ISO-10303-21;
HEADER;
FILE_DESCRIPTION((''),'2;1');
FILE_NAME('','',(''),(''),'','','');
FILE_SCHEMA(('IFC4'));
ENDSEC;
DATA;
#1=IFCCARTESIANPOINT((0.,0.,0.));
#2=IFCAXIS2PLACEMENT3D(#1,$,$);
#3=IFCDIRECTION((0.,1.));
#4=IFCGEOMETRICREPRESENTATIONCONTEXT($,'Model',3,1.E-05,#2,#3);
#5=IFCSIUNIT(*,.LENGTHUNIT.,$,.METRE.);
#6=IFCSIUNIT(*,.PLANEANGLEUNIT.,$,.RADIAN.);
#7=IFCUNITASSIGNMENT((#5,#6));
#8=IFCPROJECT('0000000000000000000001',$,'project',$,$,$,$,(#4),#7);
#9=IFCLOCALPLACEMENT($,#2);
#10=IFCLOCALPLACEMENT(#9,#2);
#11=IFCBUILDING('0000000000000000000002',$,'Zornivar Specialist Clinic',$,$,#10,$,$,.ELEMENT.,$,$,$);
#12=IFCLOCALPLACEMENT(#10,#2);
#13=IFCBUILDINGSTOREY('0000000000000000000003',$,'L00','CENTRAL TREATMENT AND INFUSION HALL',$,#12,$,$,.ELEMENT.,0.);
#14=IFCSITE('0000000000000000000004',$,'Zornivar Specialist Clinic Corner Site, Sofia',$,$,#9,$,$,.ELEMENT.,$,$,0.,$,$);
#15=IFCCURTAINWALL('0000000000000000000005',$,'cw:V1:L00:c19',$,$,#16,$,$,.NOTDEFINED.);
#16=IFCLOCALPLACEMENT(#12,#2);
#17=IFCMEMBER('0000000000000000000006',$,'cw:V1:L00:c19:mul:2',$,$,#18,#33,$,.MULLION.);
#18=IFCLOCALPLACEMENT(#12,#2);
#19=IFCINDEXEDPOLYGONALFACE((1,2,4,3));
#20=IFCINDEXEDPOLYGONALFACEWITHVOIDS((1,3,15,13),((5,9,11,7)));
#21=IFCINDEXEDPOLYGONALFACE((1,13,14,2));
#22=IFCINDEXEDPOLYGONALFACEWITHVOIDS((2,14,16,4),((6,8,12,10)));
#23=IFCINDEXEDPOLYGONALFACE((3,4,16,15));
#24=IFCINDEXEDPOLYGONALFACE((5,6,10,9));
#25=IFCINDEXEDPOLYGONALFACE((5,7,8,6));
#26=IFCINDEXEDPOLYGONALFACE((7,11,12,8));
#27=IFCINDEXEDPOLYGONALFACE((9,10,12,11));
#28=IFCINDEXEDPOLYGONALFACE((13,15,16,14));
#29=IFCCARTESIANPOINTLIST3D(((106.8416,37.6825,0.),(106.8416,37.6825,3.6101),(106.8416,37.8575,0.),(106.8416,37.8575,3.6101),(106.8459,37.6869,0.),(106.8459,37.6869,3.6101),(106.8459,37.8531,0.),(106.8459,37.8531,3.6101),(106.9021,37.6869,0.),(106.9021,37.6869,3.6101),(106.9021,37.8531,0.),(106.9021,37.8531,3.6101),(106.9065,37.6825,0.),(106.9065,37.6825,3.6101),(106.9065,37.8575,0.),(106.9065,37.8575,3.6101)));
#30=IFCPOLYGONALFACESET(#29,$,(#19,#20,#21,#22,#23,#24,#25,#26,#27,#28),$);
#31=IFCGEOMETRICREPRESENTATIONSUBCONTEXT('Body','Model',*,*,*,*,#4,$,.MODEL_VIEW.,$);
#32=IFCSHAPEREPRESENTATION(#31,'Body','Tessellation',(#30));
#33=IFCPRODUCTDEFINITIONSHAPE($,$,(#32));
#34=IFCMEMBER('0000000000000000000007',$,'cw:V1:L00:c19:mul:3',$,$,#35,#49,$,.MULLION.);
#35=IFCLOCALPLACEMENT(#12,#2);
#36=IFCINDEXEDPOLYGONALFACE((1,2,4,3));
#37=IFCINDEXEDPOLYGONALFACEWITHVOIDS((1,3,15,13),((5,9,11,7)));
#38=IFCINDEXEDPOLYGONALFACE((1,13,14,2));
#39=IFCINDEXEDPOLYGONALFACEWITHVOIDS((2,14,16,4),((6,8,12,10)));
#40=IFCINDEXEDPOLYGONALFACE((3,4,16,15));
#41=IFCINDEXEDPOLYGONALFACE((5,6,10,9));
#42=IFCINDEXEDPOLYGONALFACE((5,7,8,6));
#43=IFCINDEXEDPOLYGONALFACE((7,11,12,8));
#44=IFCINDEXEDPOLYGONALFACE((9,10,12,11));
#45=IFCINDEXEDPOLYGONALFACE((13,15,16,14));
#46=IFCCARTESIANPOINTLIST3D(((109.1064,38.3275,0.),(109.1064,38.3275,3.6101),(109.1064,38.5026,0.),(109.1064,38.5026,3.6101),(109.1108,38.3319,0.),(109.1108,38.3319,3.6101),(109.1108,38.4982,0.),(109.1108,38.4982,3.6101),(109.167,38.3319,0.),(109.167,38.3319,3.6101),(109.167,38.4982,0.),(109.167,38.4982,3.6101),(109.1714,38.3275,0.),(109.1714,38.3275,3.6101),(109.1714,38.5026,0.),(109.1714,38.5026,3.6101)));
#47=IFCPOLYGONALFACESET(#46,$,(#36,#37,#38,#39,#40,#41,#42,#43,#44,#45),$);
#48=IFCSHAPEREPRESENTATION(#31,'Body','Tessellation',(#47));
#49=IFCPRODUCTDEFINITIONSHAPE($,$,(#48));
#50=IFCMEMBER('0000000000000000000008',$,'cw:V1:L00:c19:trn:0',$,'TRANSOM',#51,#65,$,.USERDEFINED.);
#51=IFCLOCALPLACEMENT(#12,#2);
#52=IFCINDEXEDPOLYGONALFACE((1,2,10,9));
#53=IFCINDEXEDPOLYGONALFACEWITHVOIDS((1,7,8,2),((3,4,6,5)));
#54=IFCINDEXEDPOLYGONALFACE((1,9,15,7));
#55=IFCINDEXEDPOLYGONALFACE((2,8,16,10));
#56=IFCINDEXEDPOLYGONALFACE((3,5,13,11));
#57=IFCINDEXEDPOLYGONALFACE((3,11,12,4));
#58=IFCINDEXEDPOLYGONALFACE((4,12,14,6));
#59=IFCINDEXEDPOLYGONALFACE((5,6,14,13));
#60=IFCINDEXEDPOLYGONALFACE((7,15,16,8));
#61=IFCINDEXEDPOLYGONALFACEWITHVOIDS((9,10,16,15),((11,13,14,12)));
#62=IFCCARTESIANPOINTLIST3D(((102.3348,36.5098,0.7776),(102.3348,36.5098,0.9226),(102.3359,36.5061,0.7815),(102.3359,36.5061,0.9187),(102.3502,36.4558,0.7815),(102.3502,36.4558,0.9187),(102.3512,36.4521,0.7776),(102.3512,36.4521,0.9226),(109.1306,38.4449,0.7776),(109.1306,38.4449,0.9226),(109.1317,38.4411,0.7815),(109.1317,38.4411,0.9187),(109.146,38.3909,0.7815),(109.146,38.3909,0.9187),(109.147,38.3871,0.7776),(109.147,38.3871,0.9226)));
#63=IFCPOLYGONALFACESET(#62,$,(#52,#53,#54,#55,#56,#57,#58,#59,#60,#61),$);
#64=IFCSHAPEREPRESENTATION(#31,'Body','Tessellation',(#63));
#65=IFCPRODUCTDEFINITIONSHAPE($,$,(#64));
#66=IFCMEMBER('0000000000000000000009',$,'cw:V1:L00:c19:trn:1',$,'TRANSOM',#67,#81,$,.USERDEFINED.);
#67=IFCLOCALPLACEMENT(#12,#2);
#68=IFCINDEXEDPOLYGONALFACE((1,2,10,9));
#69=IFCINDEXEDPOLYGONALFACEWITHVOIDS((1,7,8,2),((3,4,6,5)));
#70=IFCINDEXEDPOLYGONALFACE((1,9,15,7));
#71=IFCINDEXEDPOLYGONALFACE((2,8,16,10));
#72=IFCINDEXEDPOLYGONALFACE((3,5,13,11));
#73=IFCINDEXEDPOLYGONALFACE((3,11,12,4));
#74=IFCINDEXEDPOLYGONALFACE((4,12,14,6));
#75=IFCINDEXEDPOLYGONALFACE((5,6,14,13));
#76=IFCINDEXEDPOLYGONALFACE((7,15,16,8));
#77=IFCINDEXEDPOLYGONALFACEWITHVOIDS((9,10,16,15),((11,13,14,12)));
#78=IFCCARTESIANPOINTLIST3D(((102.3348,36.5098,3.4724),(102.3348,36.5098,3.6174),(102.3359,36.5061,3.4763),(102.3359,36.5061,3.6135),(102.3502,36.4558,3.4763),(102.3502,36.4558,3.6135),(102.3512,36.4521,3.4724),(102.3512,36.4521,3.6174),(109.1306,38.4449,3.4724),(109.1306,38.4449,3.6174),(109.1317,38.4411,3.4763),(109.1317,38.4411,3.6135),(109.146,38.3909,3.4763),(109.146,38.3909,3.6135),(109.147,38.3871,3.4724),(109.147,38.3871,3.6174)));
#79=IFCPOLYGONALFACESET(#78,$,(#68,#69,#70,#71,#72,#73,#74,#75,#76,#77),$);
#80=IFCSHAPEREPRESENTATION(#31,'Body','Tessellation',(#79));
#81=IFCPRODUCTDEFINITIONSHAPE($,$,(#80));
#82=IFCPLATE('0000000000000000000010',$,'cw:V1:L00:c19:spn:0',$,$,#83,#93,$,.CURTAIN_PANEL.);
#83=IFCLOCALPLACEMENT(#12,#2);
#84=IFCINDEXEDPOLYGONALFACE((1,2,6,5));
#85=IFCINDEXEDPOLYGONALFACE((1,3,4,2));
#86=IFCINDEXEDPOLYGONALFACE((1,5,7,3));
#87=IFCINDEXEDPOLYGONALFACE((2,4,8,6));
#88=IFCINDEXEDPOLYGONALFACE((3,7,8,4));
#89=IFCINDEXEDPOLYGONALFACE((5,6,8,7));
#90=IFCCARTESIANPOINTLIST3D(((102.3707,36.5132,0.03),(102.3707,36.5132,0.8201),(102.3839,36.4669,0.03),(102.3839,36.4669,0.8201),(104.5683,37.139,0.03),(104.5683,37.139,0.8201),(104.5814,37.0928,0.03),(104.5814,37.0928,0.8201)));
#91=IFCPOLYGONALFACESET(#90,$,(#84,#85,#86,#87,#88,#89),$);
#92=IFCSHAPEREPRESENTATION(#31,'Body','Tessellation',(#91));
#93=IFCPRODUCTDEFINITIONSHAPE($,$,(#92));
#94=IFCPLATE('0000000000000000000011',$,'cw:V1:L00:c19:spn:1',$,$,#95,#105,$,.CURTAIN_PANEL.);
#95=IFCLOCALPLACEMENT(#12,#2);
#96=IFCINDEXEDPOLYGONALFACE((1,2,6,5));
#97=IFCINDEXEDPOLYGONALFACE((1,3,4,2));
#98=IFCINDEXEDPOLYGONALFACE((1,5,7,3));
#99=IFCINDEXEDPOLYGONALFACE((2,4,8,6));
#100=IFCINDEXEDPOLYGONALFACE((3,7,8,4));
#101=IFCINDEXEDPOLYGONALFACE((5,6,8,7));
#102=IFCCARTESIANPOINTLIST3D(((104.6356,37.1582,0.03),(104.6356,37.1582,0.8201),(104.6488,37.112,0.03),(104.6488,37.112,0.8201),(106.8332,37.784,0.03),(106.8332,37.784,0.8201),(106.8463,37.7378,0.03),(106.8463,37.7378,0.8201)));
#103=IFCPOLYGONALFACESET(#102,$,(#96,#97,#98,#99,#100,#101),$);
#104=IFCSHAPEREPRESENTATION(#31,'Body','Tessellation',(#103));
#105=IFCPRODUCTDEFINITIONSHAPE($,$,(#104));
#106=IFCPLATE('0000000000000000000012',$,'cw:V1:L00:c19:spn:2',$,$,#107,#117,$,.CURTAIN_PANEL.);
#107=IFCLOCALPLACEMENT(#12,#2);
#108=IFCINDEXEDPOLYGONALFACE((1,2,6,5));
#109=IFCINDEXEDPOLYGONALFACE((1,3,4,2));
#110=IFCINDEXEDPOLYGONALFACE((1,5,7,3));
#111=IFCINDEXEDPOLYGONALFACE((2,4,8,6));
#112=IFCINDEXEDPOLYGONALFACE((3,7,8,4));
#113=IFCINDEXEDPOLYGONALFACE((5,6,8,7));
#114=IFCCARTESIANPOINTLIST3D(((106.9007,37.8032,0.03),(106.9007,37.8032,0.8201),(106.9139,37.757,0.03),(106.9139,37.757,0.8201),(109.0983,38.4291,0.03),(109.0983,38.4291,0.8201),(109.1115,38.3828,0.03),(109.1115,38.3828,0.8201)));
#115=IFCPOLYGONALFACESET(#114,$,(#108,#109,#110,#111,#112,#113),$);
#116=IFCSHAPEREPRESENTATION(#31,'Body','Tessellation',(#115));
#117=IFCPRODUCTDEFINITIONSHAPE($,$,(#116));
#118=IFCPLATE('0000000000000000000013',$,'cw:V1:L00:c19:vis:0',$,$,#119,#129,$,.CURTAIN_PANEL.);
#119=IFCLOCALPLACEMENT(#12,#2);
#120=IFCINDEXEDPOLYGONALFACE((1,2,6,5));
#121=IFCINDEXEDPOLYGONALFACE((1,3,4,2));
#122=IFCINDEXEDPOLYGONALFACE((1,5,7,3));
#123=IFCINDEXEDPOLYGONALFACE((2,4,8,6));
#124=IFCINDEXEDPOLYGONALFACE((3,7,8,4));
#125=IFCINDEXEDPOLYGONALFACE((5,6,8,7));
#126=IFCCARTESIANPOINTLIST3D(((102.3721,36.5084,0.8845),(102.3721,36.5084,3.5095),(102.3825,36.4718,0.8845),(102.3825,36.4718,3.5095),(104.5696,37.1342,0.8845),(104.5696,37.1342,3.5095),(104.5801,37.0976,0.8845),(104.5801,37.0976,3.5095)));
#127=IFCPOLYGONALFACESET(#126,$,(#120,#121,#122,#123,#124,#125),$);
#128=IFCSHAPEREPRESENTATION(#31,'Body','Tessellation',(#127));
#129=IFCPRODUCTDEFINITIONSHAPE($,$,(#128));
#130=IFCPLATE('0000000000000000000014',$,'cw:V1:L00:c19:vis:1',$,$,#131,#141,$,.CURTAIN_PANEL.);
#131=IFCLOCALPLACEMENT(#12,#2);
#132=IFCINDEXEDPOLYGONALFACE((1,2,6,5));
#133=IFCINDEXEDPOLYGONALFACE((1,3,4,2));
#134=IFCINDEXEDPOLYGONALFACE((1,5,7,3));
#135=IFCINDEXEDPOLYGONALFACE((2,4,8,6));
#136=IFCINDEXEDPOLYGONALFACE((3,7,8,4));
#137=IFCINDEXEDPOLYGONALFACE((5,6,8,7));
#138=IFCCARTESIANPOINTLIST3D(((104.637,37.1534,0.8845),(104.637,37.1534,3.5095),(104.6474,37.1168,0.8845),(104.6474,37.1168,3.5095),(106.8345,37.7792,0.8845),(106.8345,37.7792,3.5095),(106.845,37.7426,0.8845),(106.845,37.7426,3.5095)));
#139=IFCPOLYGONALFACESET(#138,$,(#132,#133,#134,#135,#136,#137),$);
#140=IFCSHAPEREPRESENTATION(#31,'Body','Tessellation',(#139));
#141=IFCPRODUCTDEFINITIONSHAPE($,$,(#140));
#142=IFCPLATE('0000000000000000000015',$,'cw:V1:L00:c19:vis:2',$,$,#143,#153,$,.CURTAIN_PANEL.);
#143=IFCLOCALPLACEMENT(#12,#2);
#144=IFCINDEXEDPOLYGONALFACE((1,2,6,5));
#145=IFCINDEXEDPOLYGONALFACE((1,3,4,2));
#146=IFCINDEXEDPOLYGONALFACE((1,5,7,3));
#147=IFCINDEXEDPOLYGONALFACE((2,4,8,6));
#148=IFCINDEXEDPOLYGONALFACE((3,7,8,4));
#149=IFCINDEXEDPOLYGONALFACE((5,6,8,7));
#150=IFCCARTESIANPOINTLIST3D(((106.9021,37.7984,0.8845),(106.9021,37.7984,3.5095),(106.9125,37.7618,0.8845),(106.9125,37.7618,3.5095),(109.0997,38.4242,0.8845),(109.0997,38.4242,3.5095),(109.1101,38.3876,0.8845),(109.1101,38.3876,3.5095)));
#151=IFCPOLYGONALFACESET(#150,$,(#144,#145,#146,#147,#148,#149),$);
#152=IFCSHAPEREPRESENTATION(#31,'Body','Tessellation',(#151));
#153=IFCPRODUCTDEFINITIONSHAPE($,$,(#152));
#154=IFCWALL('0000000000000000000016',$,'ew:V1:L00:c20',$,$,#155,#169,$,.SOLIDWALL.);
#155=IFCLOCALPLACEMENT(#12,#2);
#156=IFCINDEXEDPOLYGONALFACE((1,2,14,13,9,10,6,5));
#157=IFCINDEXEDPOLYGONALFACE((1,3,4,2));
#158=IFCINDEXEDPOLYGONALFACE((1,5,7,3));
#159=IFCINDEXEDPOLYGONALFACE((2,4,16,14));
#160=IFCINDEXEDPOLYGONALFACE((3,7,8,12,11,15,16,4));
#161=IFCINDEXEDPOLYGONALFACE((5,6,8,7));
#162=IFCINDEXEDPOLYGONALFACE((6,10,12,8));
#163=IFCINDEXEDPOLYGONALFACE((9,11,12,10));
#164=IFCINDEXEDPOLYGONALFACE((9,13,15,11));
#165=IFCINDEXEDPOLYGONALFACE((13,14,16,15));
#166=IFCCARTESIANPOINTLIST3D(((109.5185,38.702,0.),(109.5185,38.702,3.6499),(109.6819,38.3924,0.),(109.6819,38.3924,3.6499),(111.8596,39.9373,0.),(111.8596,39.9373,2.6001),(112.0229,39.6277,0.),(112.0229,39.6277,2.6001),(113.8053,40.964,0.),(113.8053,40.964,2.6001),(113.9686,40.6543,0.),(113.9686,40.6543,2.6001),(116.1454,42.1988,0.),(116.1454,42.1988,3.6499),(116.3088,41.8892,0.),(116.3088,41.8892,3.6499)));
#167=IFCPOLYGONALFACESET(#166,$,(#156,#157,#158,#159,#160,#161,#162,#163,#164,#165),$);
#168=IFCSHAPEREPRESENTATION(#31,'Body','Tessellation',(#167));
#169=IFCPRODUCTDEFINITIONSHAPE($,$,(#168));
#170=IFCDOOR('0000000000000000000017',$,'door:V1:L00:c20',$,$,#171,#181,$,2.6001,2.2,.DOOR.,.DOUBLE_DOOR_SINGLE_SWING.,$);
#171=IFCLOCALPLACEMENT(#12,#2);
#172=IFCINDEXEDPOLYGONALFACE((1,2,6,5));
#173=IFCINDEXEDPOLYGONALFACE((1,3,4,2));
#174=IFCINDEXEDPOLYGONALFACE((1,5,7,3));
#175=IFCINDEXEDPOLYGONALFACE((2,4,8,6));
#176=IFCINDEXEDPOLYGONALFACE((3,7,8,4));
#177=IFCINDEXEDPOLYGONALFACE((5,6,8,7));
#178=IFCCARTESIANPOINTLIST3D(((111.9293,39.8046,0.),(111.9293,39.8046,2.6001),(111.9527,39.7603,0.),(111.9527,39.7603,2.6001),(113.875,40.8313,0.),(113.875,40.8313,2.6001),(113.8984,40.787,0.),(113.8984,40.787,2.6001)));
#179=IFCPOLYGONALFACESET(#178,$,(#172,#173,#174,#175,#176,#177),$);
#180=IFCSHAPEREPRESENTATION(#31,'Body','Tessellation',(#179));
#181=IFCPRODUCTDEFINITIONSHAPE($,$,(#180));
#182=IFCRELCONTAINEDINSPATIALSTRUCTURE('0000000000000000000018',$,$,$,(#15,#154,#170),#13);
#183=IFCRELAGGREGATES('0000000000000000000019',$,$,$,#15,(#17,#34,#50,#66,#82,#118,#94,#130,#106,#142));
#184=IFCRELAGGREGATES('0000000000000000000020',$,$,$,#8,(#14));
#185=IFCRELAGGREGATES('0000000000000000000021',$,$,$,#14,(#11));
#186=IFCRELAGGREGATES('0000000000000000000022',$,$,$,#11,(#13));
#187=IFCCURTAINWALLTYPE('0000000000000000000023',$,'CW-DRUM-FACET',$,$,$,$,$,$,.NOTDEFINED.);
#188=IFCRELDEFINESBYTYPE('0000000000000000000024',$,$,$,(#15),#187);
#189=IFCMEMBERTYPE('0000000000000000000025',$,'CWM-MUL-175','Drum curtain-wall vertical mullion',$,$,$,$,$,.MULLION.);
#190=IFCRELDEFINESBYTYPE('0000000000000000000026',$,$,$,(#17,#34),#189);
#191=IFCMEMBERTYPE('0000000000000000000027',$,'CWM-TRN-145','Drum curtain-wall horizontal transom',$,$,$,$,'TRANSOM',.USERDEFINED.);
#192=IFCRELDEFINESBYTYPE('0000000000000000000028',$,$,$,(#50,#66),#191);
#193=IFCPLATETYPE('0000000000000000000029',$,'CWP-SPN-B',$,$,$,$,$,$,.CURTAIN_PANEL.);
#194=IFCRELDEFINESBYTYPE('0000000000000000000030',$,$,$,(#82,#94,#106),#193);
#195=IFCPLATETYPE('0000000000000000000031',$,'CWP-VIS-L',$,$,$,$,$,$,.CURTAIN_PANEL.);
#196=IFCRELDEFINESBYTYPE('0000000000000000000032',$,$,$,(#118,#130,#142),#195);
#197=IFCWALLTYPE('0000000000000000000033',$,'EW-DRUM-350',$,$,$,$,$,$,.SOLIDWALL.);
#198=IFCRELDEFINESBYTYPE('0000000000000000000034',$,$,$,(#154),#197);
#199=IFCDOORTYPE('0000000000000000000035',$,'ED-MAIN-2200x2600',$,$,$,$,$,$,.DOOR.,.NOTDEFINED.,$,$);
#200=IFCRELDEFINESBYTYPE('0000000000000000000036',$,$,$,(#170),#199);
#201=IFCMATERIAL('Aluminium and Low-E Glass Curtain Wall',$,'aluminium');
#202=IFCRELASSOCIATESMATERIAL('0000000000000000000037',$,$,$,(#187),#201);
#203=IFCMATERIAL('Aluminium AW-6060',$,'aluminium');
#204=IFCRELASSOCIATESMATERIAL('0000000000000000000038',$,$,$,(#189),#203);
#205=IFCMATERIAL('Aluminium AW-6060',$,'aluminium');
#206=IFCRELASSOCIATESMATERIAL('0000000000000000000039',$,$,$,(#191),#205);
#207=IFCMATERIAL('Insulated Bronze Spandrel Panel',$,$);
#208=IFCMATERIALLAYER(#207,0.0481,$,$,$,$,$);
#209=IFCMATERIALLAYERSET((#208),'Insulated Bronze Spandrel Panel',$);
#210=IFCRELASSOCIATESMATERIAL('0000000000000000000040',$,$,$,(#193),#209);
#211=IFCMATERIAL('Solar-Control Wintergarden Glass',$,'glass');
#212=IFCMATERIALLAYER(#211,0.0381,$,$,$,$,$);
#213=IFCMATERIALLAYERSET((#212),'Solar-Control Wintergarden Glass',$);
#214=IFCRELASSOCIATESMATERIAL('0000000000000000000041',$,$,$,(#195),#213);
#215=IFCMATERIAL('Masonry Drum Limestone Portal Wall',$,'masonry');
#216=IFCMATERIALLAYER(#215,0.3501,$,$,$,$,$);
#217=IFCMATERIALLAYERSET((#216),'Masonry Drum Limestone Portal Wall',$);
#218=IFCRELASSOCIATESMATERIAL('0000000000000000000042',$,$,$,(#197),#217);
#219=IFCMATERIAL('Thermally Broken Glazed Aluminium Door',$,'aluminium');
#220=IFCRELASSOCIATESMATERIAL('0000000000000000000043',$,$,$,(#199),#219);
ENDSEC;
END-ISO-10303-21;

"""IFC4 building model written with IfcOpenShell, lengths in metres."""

from ifc_helpers import new_model, si_unit, direction, frame, frame_2d, origin, origin_2d, place, context, subcontext, project, spatial, rectangle, hollow_rectangle, extrude, material, layer, layer_set, material_profile, profile_set, type_object, element, fill, aggregate, save


model = new_model("IFC4")

# Units and contexts
model_context = context("Model", 3, precision=1e-05, world=origin(), true_north=direction((0.0, 1.0)))
body_context = subcontext(model_context, "Body", "Model", "MODEL_VIEW")
ifc_project = project(units=[si_unit("LENGTHUNIT", "METRE"), si_unit("PLANEANGLEUNIT", "RADIAN")], contexts=[model_context])

# Site, building, storey
site_placement = place(None, origin())
site = spatial("IfcSite", under=ifc_project, at=site_placement, Name="Zornivar Specialist Clinic Corner Site, Sofia", CompositionType="ELEMENT", RefElevation=0.0)
building_placement = place(site_placement, origin())
building = spatial("IfcBuilding", under=site, at=building_placement, Name="Zornivar Specialist Clinic", CompositionType="ELEMENT")
storey_placement = place(building_placement, origin())
storey = spatial("IfcBuildingStorey", under=building, at=storey_placement, Name="L00", Description="CENTRAL TREATMENT AND INFUSION HALL", CompositionType="ELEMENT", Elevation=0.0)

# Curtain wall, members, plates
ifc_material_1 = material(Name="Aluminium and Low-E Glass Curtain Wall", Category="aluminium")
curtain_wall_type = type_object("IfcCurtainWallType", Name="CW-DRUM-FACET", PredefinedType="NOTDEFINED", material=ifc_material_1)
curtain_wall_placement = place(storey_placement, origin())
curtain_wall = element("IfcCurtainWall", 1, at=curtain_wall_placement, inside=storey, type_object=curtain_wall_type, Name="cw:V1:L00:c19", PredefinedType="NOTDEFINED")
ifc_material_2 = material(Name="Aluminium AW-6060", Category="aluminium")
ifc_material_profile_1 = material_profile(ifc_material_2, hollow_rectangle(XDim=0.0649, YDim=0.175, WallThickness=0.0044, at=origin_2d()), Name="ALU 65x175x4.5")
ifc_profile_set_1 = profile_set([ifc_material_profile_1], Name="Aluminium AW-6060")
member_type_1 = type_object("IfcMemberType", Name="CWM-MUL-175", Description="Drum curtain-wall vertical mullion", PredefinedType="MULLION", material=ifc_profile_set_1)
member_1_placement = place(storey_placement, frame((106.874, 37.77, 0.0), z_axis=(0.0, 0.0, 1.0), x_axis=(1.0, 0.0, 0.0)))
member_1 = element("IfcMember", 2, at=member_1_placement, type_object=member_type_1, Name="cw:V1:L00:c19:mul:2", PredefinedType="MULLION", context=body_context, shape_type="SweptSolid", body=[
    extrude(hollow_rectangle(XDim=0.0649, YDim=0.175, WallThickness=0.0044, at=origin_2d()), origin(), (0.0, 0.0, 1.0), 3.6101),
])
member_2_placement = place(storey_placement, frame((109.1389, 38.415, 0.0), z_axis=(0.0, 0.0, 1.0), x_axis=(1.0, 0.0, 0.0)))
member_2 = element("IfcMember", 3, at=member_2_placement, type_object=member_type_1, Name="cw:V1:L00:c19:mul:3", PredefinedType="MULLION", context=body_context, shape_type="SweptSolid", body=[
    extrude(hollow_rectangle(XDim=0.0649, YDim=0.175, WallThickness=0.0044, at=origin_2d()), origin(), (0.0, 0.0, 1.0), 3.6101),
])
ifc_material_3 = material(Name="Aluminium AW-6060", Category="aluminium")
ifc_material_profile_2 = material_profile(ifc_material_3, hollow_rectangle(XDim=0.0601, YDim=0.145, WallThickness=0.0039, at=origin_2d()), Name="ALU 60x145x4")
ifc_profile_set_2 = profile_set([ifc_material_profile_2], Name="Aluminium AW-6060")
member_type_2 = type_object("IfcMemberType", Name="CWM-TRN-145", Description="Drum curtain-wall horizontal transom", ElementType="TRANSOM", PredefinedType="USERDEFINED", material=ifc_profile_set_2)
member_3_placement = place(storey_placement, frame((102.343, 36.481, 0.8501), z_axis=(0.961771, 0.273854, 0.0), x_axis=(-0.273854, 0.961771, 0.0)))
member_3 = element("IfcMember", 4, at=member_3_placement, type_object=member_type_2, Name="cw:V1:L00:c19:trn:0", ObjectType="TRANSOM", PredefinedType="USERDEFINED", context=body_context, shape_type="SweptSolid", body=[
    extrude(hollow_rectangle(XDim=0.0601, YDim=0.145, WallThickness=0.0039, at=origin_2d()), origin(), (0.0, 0.0, 1.0), 7.0659),
])
member_4_placement = place(storey_placement, frame((102.343, 36.481, 3.5449), z_axis=(0.961771, 0.273854, 0.0), x_axis=(-0.273854, 0.961771, 0.0)))
member_4 = element("IfcMember", 5, at=member_4_placement, type_object=member_type_2, Name="cw:V1:L00:c19:trn:1", ObjectType="TRANSOM", PredefinedType="USERDEFINED", context=body_context, shape_type="SweptSolid", body=[
    extrude(hollow_rectangle(XDim=0.0601, YDim=0.145, WallThickness=0.0039, at=origin_2d()), origin(), (0.0, 0.0, 1.0), 7.0659),
])
ifc_material_4 = material(Name="Insulated Bronze Spandrel Panel")
ifc_layer_1 = layer(ifc_material_4, 0.0481)
ifc_layer_set_1 = layer_set([ifc_layer_1], Name="Insulated Bronze Spandrel Panel")
plate_type_1 = type_object("IfcPlateType", Name="CWP-SPN-B", PredefinedType="CURTAIN_PANEL", material=ifc_layer_set_1)
plate_1_placement = place(storey_placement, frame((103.4761, 36.803, 0.03), z_axis=(0.0, 0.0, 1.0), x_axis=(0.961761, 0.273889, 0.0)))
plate_1 = element("IfcPlate", 6, at=plate_1_placement, type_object=plate_type_1, Name="cw:V1:L00:c19:spn:0", PredefinedType="CURTAIN_PANEL", context=body_context, shape_type="SweptSolid", body=[
    extrude(rectangle(XDim=2.2849, YDim=0.0481, at=origin_2d()), origin(), (0.0, 0.0, 1.0), 0.79),
])
plate_2_placement = place(storey_placement, frame((105.741, 37.448, 0.03), z_axis=(0.0, 0.0, 1.0), x_axis=(0.961761, 0.273889, 0.0)))
plate_2 = element("IfcPlate", 7, at=plate_2_placement, type_object=plate_type_1, Name="cw:V1:L00:c19:spn:1", PredefinedType="CURTAIN_PANEL", context=body_context, shape_type="SweptSolid", body=[
    extrude(rectangle(XDim=2.2849, YDim=0.0481, at=origin_2d()), origin(), (0.0, 0.0, 1.0), 0.79),
])
plate_3_placement = place(storey_placement, frame((108.0061, 38.093, 0.03), z_axis=(0.0, 0.0, 1.0), x_axis=(0.961761, 0.273889, 0.0)))
plate_3 = element("IfcPlate", 8, at=plate_3_placement, type_object=plate_type_1, Name="cw:V1:L00:c19:spn:2", PredefinedType="CURTAIN_PANEL", context=body_context, shape_type="SweptSolid", body=[
    extrude(rectangle(XDim=2.2849, YDim=0.0481, at=origin_2d()), origin(), (0.0, 0.0, 1.0), 0.79),
])
ifc_material_5 = material(Name="Solar-Control Wintergarden Glass", Category="glass")
ifc_layer_2 = layer(ifc_material_5, 0.0381)
ifc_layer_set_2 = layer_set([ifc_layer_2], Name="Solar-Control Wintergarden Glass")
plate_type_2 = type_object("IfcPlateType", Name="CWP-VIS-L", PredefinedType="CURTAIN_PANEL", material=ifc_layer_set_2)
plate_4_placement = place(storey_placement, frame((103.4761, 36.803, 0.8845), z_axis=(0.0, 0.0, 1.0), x_axis=(0.961761, 0.273889, 0.0)))
plate_4 = element("IfcPlate", 9, at=plate_4_placement, type_object=plate_type_2, Name="cw:V1:L00:c19:vis:0", PredefinedType="CURTAIN_PANEL", context=body_context, shape_type="SweptSolid", body=[
    extrude(rectangle(XDim=2.2849, YDim=0.0381, at=origin_2d()), origin(), (0.0, 0.0, 1.0), 2.625),
])
plate_5_placement = place(storey_placement, frame((105.741, 37.448, 0.8845), z_axis=(0.0, 0.0, 1.0), x_axis=(0.961761, 0.273889, 0.0)))
plate_5 = element("IfcPlate", 10, at=plate_5_placement, type_object=plate_type_2, Name="cw:V1:L00:c19:vis:1", PredefinedType="CURTAIN_PANEL", context=body_context, shape_type="SweptSolid", body=[
    extrude(rectangle(XDim=2.2849, YDim=0.0381, at=origin_2d()), origin(), (0.0, 0.0, 1.0), 2.625),
])
plate_6_placement = place(storey_placement, frame((108.0061, 38.093, 0.8845), z_axis=(0.0, 0.0, 1.0), x_axis=(0.961761, 0.273889, 0.0)))
plate_6 = element("IfcPlate", 11, at=plate_6_placement, type_object=plate_type_2, Name="cw:V1:L00:c19:vis:2", PredefinedType="CURTAIN_PANEL", context=body_context, shape_type="SweptSolid", body=[
    extrude(rectangle(XDim=2.2849, YDim=0.0381, at=origin_2d()), origin(), (0.0, 0.0, 1.0), 2.625),
])
aggregate(curtain_wall, [member_1, member_2, member_3, member_4, plate_1, plate_4, plate_2, plate_5, plate_3, plate_6])

# Wall, opening, door
ifc_material_6 = material(Name="Masonry Drum Limestone Portal Wall", Category="masonry")
ifc_layer_3 = layer(ifc_material_6, 0.3501)
ifc_layer_set_3 = layer_set([ifc_layer_3], Name="Masonry Drum Limestone Portal Wall")
wall_type = type_object("IfcWallType", Name="EW-DRUM-350", PredefinedType="SOLIDWALL", material=ifc_layer_set_3)
wall_placement = place(storey_placement, frame((109.6001, 38.5471, 0.0), z_axis=(0.0, 0.0, 1.0), x_axis=(0.884425, 0.466682, 0.0)))
wall = element("IfcWall", 12, at=wall_placement, inside=storey, type_object=wall_type, Name="ew:V1:L00:c20", PredefinedType="SOLIDWALL", context=body_context, shape_type="SweptSolid", body=[
    extrude(rectangle(XDim=7.4929, YDim=0.3501, at=frame_2d((3.7466, 0.0))), origin(), (0.0, 0.0, 1.0), 3.6499),
])
opening_placement = place(wall_placement, frame((2.647, 0.0, 0.0)))
opening = element("IfcOpeningElement", 13, at=opening_placement, cuts=wall, PredefinedType="OPENING", context=body_context, shape_type="SweptSolid", body=[
    extrude(rectangle(XDim=2.2, YDim=2.6001, at=frame_2d((1.1001, 1.3))), frame((0.0, 0.1851, 0.0), z_axis=(0.0, -1.0, 0.0), x_axis=(1.0, 0.0, 0.0)), (0.0, 0.0, 1.0), 0.3701),
])
ifc_material_7 = material(Name="Thermally Broken Glazed Aluminium Door", Category="aluminium")
door_type = type_object("IfcDoorType", Name="ED-MAIN-2200x2600", OperationType="NOTDEFINED", PredefinedType="DOOR", material=ifc_material_7)
door_placement = place(opening_placement, frame((2.2, 0.0, 0.0), z_axis=(0.0, 0.0, 1.0), x_axis=(-1.0, 0.0, 0.0)))
door = element("IfcDoor", 14, at=door_placement, inside=storey, type_object=door_type, Name="door:V1:L00:c20", OperationType="DOUBLE_DOOR_SINGLE_SWING", OverallHeight=2.6001, OverallWidth=2.2, PredefinedType="DOOR", context=body_context, shape_type="SweptSolid", body=[
    extrude(rectangle(XDim=2.2, YDim=2.6001, at=frame_2d((1.1001, 1.3))), frame((0.0, 0.0249, 0.0), z_axis=(0.0, -1.0, 0.0), x_axis=(1.0, 0.0, 0.0)), (0.0, 0.0, 1.0), 0.05),
])
fill(opening, door)

save(model, "model.ifc")
